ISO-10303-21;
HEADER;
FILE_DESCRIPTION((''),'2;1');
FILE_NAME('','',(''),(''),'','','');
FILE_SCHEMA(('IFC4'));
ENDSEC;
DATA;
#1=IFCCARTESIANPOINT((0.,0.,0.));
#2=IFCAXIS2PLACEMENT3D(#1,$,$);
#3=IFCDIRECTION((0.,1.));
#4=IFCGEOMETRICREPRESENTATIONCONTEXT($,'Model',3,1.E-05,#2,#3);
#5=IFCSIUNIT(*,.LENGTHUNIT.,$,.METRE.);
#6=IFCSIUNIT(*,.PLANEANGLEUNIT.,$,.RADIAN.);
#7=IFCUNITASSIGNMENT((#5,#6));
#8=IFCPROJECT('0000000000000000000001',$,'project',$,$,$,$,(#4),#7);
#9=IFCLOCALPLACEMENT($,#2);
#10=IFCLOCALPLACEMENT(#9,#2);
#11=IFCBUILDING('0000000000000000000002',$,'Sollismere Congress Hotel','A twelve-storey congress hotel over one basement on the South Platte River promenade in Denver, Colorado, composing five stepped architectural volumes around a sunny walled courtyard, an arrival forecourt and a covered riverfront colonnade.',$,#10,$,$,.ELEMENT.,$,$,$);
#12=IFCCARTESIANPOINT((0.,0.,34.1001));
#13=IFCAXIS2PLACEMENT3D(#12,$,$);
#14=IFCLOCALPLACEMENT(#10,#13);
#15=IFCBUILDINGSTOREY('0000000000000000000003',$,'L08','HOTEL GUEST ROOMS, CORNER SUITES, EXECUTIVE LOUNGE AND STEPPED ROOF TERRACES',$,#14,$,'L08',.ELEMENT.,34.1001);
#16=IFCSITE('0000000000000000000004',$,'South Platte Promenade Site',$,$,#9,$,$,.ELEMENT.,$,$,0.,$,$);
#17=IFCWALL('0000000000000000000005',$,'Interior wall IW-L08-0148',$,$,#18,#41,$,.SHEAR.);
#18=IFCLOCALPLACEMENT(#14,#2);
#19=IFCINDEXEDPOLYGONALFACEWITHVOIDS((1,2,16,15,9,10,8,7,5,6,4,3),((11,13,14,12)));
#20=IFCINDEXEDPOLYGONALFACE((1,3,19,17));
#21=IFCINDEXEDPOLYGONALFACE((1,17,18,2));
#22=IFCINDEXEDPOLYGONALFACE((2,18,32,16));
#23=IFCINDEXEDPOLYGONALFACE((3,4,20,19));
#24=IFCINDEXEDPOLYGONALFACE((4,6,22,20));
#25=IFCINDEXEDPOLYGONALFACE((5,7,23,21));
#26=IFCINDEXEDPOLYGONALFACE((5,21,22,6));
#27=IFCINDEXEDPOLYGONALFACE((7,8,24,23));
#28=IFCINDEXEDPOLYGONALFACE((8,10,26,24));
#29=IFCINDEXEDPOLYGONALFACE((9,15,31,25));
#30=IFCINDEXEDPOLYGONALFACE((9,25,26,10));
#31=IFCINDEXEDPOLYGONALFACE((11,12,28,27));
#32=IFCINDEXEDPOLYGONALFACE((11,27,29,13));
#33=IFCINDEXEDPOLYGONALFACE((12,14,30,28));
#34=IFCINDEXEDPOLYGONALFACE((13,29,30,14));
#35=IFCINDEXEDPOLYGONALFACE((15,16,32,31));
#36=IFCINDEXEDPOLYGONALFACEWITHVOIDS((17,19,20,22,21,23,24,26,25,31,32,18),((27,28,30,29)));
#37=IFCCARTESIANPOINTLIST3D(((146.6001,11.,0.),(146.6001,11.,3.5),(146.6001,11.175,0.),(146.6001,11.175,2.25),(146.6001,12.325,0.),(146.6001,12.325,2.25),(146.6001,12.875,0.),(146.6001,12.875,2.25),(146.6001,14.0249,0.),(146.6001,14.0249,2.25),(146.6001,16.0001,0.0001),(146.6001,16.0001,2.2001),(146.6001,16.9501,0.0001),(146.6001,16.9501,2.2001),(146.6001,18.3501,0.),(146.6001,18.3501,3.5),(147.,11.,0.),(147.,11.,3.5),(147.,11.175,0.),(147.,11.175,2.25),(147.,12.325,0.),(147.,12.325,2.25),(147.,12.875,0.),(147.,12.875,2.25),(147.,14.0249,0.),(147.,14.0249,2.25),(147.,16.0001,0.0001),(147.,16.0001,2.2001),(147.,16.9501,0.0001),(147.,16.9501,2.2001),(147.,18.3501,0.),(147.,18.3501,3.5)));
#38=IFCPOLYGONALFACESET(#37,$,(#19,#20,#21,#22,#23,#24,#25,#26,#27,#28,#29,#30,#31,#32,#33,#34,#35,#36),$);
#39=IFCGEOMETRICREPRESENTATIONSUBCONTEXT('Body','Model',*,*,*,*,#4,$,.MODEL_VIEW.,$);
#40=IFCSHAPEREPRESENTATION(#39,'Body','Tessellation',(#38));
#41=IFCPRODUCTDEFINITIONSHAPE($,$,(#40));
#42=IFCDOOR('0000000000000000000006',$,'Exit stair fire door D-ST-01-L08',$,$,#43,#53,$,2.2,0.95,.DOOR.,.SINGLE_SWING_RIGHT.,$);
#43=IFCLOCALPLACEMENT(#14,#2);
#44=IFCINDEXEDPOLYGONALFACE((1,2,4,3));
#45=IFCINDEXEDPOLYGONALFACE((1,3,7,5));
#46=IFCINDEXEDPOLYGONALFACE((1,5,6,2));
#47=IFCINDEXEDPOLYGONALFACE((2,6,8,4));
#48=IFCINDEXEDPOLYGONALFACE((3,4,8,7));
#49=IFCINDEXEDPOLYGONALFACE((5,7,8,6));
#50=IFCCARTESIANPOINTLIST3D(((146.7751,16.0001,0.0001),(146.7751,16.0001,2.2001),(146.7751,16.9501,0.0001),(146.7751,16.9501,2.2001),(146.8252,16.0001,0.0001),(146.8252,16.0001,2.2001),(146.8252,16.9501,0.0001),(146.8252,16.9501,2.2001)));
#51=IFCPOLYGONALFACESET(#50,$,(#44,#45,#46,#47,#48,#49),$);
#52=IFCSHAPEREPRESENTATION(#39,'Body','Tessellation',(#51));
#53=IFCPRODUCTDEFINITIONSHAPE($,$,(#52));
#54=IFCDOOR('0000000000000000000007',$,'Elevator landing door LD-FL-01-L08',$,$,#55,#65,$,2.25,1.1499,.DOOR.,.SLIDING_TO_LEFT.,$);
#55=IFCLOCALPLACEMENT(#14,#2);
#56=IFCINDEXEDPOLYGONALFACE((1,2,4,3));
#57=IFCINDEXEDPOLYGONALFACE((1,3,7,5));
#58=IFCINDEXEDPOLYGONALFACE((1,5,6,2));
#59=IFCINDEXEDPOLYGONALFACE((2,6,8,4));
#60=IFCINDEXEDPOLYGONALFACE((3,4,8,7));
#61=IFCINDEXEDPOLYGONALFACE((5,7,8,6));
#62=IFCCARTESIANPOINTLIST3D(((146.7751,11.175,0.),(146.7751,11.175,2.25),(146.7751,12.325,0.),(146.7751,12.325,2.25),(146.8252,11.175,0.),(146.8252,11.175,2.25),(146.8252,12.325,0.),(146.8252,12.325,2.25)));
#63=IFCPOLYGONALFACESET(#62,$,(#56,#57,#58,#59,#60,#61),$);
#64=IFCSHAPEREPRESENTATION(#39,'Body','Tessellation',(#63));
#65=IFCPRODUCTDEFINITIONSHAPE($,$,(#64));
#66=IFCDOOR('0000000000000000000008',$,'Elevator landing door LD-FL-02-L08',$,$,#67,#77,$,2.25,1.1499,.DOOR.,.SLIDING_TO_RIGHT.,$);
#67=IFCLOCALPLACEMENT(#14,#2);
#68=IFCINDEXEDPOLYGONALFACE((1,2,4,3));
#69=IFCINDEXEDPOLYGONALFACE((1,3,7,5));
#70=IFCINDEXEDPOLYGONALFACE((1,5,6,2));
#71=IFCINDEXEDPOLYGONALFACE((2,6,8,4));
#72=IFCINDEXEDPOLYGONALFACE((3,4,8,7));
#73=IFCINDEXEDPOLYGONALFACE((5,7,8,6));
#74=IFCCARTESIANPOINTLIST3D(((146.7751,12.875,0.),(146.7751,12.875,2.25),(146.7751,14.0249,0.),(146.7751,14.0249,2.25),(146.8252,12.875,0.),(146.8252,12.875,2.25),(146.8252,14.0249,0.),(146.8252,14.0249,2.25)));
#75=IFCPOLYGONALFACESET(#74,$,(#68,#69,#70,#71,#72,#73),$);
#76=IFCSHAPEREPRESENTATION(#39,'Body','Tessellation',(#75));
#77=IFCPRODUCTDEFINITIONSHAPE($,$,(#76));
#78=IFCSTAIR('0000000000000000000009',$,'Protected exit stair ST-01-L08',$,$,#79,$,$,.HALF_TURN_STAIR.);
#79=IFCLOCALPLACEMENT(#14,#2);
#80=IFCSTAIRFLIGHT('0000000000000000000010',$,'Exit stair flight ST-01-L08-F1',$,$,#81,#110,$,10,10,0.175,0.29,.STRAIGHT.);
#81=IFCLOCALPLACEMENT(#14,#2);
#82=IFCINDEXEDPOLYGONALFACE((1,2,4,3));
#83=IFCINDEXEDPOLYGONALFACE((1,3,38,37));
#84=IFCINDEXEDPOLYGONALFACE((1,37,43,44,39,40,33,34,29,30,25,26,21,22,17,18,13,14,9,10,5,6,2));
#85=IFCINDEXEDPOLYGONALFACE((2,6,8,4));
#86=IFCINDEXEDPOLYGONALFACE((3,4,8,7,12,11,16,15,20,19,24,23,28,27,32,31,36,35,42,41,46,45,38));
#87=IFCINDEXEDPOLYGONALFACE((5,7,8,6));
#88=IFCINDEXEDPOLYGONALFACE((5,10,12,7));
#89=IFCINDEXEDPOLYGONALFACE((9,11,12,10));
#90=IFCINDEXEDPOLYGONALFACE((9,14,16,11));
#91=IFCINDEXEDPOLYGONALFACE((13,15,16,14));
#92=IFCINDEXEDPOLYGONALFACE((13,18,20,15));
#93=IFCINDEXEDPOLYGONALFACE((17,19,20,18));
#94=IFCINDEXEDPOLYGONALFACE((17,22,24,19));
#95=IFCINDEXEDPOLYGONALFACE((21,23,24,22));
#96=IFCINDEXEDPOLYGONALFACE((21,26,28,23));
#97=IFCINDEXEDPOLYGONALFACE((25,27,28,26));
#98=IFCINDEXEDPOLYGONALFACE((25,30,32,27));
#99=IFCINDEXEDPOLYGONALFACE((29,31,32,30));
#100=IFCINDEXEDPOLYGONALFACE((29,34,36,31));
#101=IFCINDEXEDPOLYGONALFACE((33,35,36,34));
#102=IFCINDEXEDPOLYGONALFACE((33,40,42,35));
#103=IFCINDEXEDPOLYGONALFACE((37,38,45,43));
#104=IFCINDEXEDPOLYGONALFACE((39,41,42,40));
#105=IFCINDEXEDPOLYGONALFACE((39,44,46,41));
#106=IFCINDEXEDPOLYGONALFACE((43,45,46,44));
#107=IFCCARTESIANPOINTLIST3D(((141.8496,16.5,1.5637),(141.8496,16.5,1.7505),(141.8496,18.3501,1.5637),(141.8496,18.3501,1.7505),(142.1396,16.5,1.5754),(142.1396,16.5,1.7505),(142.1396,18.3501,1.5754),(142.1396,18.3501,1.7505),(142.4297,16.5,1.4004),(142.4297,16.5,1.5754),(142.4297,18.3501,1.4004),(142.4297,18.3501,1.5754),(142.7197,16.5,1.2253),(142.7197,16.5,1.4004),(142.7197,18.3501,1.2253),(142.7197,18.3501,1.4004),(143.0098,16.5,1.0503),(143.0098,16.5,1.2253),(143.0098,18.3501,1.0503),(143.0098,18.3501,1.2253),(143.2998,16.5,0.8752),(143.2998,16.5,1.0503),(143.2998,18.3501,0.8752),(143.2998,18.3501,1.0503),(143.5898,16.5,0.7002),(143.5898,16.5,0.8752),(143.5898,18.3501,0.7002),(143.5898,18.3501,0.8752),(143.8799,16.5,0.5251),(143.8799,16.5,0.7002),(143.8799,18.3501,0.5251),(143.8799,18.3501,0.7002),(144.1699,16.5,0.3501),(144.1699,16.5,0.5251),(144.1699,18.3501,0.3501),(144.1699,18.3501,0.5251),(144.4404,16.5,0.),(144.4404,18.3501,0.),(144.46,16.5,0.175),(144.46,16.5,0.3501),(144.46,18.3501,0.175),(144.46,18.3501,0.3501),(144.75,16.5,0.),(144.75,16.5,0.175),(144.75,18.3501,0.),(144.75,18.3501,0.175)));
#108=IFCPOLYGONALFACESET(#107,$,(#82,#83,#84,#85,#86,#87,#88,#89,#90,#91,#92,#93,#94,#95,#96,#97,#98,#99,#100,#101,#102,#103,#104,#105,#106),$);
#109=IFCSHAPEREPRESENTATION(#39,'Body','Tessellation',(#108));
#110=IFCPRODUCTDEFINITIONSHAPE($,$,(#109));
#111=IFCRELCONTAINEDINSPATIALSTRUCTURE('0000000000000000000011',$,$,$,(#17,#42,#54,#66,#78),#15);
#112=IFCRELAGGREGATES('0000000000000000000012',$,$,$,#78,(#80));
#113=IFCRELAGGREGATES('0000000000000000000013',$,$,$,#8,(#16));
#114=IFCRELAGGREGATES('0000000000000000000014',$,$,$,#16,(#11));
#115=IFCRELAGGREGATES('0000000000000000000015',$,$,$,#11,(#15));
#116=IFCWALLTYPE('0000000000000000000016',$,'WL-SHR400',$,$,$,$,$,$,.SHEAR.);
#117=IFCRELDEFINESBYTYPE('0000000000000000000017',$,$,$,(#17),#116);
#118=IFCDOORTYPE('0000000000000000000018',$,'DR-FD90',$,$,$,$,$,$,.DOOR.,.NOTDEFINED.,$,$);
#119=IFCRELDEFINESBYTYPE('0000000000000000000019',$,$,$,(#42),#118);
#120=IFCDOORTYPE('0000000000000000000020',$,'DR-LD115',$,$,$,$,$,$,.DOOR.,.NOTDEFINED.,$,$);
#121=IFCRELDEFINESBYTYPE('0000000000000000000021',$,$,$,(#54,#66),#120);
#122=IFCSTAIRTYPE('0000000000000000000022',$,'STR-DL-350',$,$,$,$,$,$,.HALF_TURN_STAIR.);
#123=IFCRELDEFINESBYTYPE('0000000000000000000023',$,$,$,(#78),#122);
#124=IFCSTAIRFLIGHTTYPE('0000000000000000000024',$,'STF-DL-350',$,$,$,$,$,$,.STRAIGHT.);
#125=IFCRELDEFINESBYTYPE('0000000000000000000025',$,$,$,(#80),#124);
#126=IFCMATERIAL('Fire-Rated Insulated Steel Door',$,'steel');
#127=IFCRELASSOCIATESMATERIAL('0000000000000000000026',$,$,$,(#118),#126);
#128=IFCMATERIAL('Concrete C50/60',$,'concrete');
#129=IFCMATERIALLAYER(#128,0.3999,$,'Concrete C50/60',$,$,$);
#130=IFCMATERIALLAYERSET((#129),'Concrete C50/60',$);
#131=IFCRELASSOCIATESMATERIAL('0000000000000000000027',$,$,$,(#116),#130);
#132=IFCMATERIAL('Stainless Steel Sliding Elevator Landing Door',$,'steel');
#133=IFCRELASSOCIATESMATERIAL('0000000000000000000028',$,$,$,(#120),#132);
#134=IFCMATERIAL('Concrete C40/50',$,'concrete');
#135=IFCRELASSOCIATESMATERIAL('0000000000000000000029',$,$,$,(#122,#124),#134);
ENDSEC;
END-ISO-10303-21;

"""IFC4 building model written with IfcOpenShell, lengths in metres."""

from ifc_helpers import new_model, si_unit, direction, frame, frame_2d, origin, place, context, subcontext, project, spatial, polyline, rectangle, outline, extrude, material, layer, layer_set, type_object, element, fill, aggregate, save


model = new_model("IFC4")

# Units and contexts
model_context = context("Model", 3, precision=1e-05, world=origin(), true_north=direction((0.0, 1.0)))
body_context = subcontext(model_context, "Body", "Model", "MODEL_VIEW")
ifc_project = project(units=[si_unit("LENGTHUNIT", "METRE"), si_unit("PLANEANGLEUNIT", "RADIAN")], contexts=[model_context])

# Site, building, storey
site_placement = place(None, origin())
site = spatial("IfcSite", under=ifc_project, at=site_placement, Name="South Platte Promenade Site", CompositionType="ELEMENT", RefElevation=0.0)
building_placement = place(site_placement, origin())
building = spatial("IfcBuilding", under=site, at=building_placement, Name="Sollismere Congress Hotel", Description="A twelve-storey congress hotel over one basement on the South Platte River promenade in Denver, Colorado, composing five stepped architectural volumes around a sunny walled courtyard, an arrival forecourt and a covered riverfront colonnade.", CompositionType="ELEMENT")
storey_placement = place(building_placement, frame((0.0, 0.0, 34.1001)))
storey = spatial("IfcBuildingStorey", under=building, at=storey_placement, Name="L08", Description="HOTEL GUEST ROOMS, CORNER SUITES, EXECUTIVE LOUNGE AND STEPPED ROOF TERRACES", LongName="L08", CompositionType="ELEMENT", Elevation=34.1001)

# Shared definitions
ifc_material_1 = material(Name="Fire-Rated Insulated Steel Door", Category="steel")
door_type_1 = type_object("IfcDoorType", Name="DR-FD90", OperationType="NOTDEFINED", PredefinedType="DOOR", material=ifc_material_1)

# Wall, openings, doors
ifc_material_2 = material(Name="Concrete C50/60", Category="concrete")
ifc_layer_1 = layer(ifc_material_2, 0.3999, Name="Concrete C50/60")
ifc_layer_set_1 = layer_set([ifc_layer_1], Name="Concrete C50/60")
wall_type_1 = type_object("IfcWallType", Name="WL-SHR400", PredefinedType="SHEAR", material=ifc_layer_set_1)
wall_1_placement = place(storey_placement, frame((146.8, 11.0, 0.0), z_axis=(0.0, 0.0, 1.0), x_axis=(0.0, 1.0, 0.0)))
wall_1 = element("IfcWall", 1, at=wall_1_placement, inside=storey, type_object=wall_type_1, Name="Interior wall IW-L08-0148", PredefinedType="SHEAR", context=body_context, shape_type="SweptSolid", body=[
    extrude(rectangle(XDim=7.3501, YDim=0.3999, at=frame_2d((3.675, 0.0))), origin(), (0.0, 0.0, 1.0), 3.5),
])
opening_1_placement = place(wall_1_placement, frame((5.0, 0.0, 0.0)))
opening_1 = element("IfcOpeningElement", 2, at=opening_1_placement, cuts=wall_1, PredefinedType="OPENING", context=body_context, shape_type="SweptSolid", body=[
    extrude(rectangle(XDim=0.95, YDim=2.2, at=frame_2d((0.4751, 1.1001))), frame((0.0, 0.21, 0.0), z_axis=(0.0, -1.0, 0.0), x_axis=(1.0, 0.0, 0.0)), (0.0, 0.0, 1.0), 0.4199),
])
opening_2_placement = place(wall_1_placement, frame((0.175, 0.0, 0.0)))
opening_2 = element("IfcOpeningElement", 3, at=opening_2_placement, cuts=wall_1, PredefinedType="OPENING", context=body_context, shape_type="SweptSolid", body=[
    extrude(rectangle(XDim=1.1499, YDim=2.25, at=frame_2d((0.575, 1.125))), frame((0.0, 0.21, 0.0), z_axis=(0.0, -1.0, 0.0), x_axis=(1.0, 0.0, 0.0)), (0.0, 0.0, 1.0), 0.4199),
])
opening_3_placement = place(wall_1_placement, frame((1.875, 0.0, 0.0)))
opening_3 = element("IfcOpeningElement", 4, at=opening_3_placement, cuts=wall_1, PredefinedType="OPENING", context=body_context, shape_type="SweptSolid", body=[
    extrude(rectangle(XDim=1.1499, YDim=2.25, at=frame_2d((0.575, 1.125))), frame((0.0, 0.21, 0.0), z_axis=(0.0, -1.0, 0.0), x_axis=(1.0, 0.0, 0.0)), (0.0, 0.0, 1.0), 0.4199),
])
door_1_placement = place(opening_1_placement, origin())
door_1 = element("IfcDoor", 5, at=door_1_placement, inside=storey, type_object=door_type_1, Name="Exit stair fire door D-ST-01-L08", OperationType="SINGLE_SWING_RIGHT", OverallHeight=2.2, OverallWidth=0.95, PredefinedType="DOOR", context=body_context, shape_type="SweptSolid", body=[
    extrude(rectangle(XDim=0.95, YDim=2.2, at=frame_2d((0.4751, 1.1001))), frame((0.0, 0.0249, 0.0), z_axis=(0.0, -1.0, 0.0), x_axis=(1.0, 0.0, 0.0)), (0.0, 0.0, 1.0), 0.05),
])
fill(opening_1, door_1)
ifc_material_3 = material(Name="Stainless Steel Sliding Elevator Landing Door", Category="steel")
door_type_2 = type_object("IfcDoorType", Name="DR-LD115", OperationType="NOTDEFINED", PredefinedType="DOOR", material=ifc_material_3)
door_2_placement = place(opening_2_placement, origin())
door_2 = element("IfcDoor", 6, at=door_2_placement, inside=storey, type_object=door_type_2, Name="Elevator landing door LD-FL-01-L08", OperationType="SLIDING_TO_LEFT", OverallHeight=2.25, OverallWidth=1.1499, PredefinedType="DOOR", context=body_context, shape_type="SweptSolid", body=[
    extrude(rectangle(XDim=1.1499, YDim=2.25, at=frame_2d((0.575, 1.125))), frame((0.0, 0.0249, 0.0), z_axis=(0.0, -1.0, 0.0), x_axis=(1.0, 0.0, 0.0)), (0.0, 0.0, 1.0), 0.05),
])
fill(opening_2, door_2)
door_3_placement = place(opening_3_placement, origin())
door_3 = element("IfcDoor", 7, at=door_3_placement, inside=storey, type_object=door_type_2, Name="Elevator landing door LD-FL-02-L08", OperationType="SLIDING_TO_RIGHT", OverallHeight=2.25, OverallWidth=1.1499, PredefinedType="DOOR", context=body_context, shape_type="SweptSolid", body=[
    extrude(rectangle(XDim=1.1499, YDim=2.25, at=frame_2d((0.575, 1.125))), frame((0.0, 0.0249, 0.0), z_axis=(0.0, -1.0, 0.0), x_axis=(1.0, 0.0, 0.0)), (0.0, 0.0, 1.0), 0.05),
])
fill(opening_3, door_3)

# Stair, stair flight
ifc_material_4 = material(Name="Concrete C40/50", Category="concrete")
stair_type = type_object("IfcStairType", Name="STR-DL-350", PredefinedType="HALF_TURN_STAIR", material=ifc_material_4)
stair_placement = place(storey_placement, origin())
stair = element("IfcStair", 8, at=stair_placement, inside=storey, type_object=stair_type, Name="Protected exit stair ST-01-L08", PredefinedType="HALF_TURN_STAIR")
stair_flight_type = type_object("IfcStairFlightType", Name="STF-DL-350", PredefinedType="STRAIGHT", material=ifc_material_4)
stair_flight_placement = place(storey_placement, frame((144.75, 17.425, 0.0), z_axis=(0.0, 0.0, 1.0), x_axis=(-1.0, 0.0, 0.0)))
stair_flight = element("IfcStairFlight", 9, at=stair_flight_placement, type_object=stair_flight_type, Name="Exit stair flight ST-01-L08-F1", NumberOfRisers=10, NumberOfTreads=10, PredefinedType="STRAIGHT", RiserHeight=0.175, TreadLength=0.29, context=body_context, shape_type="SweptSolid", body=[
    extrude(outline(polyline([(0.0, 0.0), (0.0, 0.175), (0.29, 0.175), (0.29, 0.3501), (0.5801, 0.3501), (0.5801, 0.5251), (0.8701, 0.5251), (0.8701, 0.7002), (1.1602, 0.7002), (1.1602, 0.8752), (1.4502, 0.8752), (1.4502, 1.0503), (1.7402, 1.0503), (1.7402, 1.2253), (2.0303, 1.2253), (2.0303, 1.4004), (2.3203, 1.4004), (2.3203, 1.5754), (2.6104, 1.5754), (2.6104, 1.7505), (2.9004, 1.7505), (2.9004, 1.5637), (0.3096, 0.0), (0.0, 0.0)])), frame((0.0, 0.925, 0.0), z_axis=(0.0, -1.0, 0.0), x_axis=(1.0, 0.0, 0.0)), (0.0, 0.0, 1.0), 1.8501),
])
aggregate(stair, [stair_flight])

save(model, "model.ifc")
